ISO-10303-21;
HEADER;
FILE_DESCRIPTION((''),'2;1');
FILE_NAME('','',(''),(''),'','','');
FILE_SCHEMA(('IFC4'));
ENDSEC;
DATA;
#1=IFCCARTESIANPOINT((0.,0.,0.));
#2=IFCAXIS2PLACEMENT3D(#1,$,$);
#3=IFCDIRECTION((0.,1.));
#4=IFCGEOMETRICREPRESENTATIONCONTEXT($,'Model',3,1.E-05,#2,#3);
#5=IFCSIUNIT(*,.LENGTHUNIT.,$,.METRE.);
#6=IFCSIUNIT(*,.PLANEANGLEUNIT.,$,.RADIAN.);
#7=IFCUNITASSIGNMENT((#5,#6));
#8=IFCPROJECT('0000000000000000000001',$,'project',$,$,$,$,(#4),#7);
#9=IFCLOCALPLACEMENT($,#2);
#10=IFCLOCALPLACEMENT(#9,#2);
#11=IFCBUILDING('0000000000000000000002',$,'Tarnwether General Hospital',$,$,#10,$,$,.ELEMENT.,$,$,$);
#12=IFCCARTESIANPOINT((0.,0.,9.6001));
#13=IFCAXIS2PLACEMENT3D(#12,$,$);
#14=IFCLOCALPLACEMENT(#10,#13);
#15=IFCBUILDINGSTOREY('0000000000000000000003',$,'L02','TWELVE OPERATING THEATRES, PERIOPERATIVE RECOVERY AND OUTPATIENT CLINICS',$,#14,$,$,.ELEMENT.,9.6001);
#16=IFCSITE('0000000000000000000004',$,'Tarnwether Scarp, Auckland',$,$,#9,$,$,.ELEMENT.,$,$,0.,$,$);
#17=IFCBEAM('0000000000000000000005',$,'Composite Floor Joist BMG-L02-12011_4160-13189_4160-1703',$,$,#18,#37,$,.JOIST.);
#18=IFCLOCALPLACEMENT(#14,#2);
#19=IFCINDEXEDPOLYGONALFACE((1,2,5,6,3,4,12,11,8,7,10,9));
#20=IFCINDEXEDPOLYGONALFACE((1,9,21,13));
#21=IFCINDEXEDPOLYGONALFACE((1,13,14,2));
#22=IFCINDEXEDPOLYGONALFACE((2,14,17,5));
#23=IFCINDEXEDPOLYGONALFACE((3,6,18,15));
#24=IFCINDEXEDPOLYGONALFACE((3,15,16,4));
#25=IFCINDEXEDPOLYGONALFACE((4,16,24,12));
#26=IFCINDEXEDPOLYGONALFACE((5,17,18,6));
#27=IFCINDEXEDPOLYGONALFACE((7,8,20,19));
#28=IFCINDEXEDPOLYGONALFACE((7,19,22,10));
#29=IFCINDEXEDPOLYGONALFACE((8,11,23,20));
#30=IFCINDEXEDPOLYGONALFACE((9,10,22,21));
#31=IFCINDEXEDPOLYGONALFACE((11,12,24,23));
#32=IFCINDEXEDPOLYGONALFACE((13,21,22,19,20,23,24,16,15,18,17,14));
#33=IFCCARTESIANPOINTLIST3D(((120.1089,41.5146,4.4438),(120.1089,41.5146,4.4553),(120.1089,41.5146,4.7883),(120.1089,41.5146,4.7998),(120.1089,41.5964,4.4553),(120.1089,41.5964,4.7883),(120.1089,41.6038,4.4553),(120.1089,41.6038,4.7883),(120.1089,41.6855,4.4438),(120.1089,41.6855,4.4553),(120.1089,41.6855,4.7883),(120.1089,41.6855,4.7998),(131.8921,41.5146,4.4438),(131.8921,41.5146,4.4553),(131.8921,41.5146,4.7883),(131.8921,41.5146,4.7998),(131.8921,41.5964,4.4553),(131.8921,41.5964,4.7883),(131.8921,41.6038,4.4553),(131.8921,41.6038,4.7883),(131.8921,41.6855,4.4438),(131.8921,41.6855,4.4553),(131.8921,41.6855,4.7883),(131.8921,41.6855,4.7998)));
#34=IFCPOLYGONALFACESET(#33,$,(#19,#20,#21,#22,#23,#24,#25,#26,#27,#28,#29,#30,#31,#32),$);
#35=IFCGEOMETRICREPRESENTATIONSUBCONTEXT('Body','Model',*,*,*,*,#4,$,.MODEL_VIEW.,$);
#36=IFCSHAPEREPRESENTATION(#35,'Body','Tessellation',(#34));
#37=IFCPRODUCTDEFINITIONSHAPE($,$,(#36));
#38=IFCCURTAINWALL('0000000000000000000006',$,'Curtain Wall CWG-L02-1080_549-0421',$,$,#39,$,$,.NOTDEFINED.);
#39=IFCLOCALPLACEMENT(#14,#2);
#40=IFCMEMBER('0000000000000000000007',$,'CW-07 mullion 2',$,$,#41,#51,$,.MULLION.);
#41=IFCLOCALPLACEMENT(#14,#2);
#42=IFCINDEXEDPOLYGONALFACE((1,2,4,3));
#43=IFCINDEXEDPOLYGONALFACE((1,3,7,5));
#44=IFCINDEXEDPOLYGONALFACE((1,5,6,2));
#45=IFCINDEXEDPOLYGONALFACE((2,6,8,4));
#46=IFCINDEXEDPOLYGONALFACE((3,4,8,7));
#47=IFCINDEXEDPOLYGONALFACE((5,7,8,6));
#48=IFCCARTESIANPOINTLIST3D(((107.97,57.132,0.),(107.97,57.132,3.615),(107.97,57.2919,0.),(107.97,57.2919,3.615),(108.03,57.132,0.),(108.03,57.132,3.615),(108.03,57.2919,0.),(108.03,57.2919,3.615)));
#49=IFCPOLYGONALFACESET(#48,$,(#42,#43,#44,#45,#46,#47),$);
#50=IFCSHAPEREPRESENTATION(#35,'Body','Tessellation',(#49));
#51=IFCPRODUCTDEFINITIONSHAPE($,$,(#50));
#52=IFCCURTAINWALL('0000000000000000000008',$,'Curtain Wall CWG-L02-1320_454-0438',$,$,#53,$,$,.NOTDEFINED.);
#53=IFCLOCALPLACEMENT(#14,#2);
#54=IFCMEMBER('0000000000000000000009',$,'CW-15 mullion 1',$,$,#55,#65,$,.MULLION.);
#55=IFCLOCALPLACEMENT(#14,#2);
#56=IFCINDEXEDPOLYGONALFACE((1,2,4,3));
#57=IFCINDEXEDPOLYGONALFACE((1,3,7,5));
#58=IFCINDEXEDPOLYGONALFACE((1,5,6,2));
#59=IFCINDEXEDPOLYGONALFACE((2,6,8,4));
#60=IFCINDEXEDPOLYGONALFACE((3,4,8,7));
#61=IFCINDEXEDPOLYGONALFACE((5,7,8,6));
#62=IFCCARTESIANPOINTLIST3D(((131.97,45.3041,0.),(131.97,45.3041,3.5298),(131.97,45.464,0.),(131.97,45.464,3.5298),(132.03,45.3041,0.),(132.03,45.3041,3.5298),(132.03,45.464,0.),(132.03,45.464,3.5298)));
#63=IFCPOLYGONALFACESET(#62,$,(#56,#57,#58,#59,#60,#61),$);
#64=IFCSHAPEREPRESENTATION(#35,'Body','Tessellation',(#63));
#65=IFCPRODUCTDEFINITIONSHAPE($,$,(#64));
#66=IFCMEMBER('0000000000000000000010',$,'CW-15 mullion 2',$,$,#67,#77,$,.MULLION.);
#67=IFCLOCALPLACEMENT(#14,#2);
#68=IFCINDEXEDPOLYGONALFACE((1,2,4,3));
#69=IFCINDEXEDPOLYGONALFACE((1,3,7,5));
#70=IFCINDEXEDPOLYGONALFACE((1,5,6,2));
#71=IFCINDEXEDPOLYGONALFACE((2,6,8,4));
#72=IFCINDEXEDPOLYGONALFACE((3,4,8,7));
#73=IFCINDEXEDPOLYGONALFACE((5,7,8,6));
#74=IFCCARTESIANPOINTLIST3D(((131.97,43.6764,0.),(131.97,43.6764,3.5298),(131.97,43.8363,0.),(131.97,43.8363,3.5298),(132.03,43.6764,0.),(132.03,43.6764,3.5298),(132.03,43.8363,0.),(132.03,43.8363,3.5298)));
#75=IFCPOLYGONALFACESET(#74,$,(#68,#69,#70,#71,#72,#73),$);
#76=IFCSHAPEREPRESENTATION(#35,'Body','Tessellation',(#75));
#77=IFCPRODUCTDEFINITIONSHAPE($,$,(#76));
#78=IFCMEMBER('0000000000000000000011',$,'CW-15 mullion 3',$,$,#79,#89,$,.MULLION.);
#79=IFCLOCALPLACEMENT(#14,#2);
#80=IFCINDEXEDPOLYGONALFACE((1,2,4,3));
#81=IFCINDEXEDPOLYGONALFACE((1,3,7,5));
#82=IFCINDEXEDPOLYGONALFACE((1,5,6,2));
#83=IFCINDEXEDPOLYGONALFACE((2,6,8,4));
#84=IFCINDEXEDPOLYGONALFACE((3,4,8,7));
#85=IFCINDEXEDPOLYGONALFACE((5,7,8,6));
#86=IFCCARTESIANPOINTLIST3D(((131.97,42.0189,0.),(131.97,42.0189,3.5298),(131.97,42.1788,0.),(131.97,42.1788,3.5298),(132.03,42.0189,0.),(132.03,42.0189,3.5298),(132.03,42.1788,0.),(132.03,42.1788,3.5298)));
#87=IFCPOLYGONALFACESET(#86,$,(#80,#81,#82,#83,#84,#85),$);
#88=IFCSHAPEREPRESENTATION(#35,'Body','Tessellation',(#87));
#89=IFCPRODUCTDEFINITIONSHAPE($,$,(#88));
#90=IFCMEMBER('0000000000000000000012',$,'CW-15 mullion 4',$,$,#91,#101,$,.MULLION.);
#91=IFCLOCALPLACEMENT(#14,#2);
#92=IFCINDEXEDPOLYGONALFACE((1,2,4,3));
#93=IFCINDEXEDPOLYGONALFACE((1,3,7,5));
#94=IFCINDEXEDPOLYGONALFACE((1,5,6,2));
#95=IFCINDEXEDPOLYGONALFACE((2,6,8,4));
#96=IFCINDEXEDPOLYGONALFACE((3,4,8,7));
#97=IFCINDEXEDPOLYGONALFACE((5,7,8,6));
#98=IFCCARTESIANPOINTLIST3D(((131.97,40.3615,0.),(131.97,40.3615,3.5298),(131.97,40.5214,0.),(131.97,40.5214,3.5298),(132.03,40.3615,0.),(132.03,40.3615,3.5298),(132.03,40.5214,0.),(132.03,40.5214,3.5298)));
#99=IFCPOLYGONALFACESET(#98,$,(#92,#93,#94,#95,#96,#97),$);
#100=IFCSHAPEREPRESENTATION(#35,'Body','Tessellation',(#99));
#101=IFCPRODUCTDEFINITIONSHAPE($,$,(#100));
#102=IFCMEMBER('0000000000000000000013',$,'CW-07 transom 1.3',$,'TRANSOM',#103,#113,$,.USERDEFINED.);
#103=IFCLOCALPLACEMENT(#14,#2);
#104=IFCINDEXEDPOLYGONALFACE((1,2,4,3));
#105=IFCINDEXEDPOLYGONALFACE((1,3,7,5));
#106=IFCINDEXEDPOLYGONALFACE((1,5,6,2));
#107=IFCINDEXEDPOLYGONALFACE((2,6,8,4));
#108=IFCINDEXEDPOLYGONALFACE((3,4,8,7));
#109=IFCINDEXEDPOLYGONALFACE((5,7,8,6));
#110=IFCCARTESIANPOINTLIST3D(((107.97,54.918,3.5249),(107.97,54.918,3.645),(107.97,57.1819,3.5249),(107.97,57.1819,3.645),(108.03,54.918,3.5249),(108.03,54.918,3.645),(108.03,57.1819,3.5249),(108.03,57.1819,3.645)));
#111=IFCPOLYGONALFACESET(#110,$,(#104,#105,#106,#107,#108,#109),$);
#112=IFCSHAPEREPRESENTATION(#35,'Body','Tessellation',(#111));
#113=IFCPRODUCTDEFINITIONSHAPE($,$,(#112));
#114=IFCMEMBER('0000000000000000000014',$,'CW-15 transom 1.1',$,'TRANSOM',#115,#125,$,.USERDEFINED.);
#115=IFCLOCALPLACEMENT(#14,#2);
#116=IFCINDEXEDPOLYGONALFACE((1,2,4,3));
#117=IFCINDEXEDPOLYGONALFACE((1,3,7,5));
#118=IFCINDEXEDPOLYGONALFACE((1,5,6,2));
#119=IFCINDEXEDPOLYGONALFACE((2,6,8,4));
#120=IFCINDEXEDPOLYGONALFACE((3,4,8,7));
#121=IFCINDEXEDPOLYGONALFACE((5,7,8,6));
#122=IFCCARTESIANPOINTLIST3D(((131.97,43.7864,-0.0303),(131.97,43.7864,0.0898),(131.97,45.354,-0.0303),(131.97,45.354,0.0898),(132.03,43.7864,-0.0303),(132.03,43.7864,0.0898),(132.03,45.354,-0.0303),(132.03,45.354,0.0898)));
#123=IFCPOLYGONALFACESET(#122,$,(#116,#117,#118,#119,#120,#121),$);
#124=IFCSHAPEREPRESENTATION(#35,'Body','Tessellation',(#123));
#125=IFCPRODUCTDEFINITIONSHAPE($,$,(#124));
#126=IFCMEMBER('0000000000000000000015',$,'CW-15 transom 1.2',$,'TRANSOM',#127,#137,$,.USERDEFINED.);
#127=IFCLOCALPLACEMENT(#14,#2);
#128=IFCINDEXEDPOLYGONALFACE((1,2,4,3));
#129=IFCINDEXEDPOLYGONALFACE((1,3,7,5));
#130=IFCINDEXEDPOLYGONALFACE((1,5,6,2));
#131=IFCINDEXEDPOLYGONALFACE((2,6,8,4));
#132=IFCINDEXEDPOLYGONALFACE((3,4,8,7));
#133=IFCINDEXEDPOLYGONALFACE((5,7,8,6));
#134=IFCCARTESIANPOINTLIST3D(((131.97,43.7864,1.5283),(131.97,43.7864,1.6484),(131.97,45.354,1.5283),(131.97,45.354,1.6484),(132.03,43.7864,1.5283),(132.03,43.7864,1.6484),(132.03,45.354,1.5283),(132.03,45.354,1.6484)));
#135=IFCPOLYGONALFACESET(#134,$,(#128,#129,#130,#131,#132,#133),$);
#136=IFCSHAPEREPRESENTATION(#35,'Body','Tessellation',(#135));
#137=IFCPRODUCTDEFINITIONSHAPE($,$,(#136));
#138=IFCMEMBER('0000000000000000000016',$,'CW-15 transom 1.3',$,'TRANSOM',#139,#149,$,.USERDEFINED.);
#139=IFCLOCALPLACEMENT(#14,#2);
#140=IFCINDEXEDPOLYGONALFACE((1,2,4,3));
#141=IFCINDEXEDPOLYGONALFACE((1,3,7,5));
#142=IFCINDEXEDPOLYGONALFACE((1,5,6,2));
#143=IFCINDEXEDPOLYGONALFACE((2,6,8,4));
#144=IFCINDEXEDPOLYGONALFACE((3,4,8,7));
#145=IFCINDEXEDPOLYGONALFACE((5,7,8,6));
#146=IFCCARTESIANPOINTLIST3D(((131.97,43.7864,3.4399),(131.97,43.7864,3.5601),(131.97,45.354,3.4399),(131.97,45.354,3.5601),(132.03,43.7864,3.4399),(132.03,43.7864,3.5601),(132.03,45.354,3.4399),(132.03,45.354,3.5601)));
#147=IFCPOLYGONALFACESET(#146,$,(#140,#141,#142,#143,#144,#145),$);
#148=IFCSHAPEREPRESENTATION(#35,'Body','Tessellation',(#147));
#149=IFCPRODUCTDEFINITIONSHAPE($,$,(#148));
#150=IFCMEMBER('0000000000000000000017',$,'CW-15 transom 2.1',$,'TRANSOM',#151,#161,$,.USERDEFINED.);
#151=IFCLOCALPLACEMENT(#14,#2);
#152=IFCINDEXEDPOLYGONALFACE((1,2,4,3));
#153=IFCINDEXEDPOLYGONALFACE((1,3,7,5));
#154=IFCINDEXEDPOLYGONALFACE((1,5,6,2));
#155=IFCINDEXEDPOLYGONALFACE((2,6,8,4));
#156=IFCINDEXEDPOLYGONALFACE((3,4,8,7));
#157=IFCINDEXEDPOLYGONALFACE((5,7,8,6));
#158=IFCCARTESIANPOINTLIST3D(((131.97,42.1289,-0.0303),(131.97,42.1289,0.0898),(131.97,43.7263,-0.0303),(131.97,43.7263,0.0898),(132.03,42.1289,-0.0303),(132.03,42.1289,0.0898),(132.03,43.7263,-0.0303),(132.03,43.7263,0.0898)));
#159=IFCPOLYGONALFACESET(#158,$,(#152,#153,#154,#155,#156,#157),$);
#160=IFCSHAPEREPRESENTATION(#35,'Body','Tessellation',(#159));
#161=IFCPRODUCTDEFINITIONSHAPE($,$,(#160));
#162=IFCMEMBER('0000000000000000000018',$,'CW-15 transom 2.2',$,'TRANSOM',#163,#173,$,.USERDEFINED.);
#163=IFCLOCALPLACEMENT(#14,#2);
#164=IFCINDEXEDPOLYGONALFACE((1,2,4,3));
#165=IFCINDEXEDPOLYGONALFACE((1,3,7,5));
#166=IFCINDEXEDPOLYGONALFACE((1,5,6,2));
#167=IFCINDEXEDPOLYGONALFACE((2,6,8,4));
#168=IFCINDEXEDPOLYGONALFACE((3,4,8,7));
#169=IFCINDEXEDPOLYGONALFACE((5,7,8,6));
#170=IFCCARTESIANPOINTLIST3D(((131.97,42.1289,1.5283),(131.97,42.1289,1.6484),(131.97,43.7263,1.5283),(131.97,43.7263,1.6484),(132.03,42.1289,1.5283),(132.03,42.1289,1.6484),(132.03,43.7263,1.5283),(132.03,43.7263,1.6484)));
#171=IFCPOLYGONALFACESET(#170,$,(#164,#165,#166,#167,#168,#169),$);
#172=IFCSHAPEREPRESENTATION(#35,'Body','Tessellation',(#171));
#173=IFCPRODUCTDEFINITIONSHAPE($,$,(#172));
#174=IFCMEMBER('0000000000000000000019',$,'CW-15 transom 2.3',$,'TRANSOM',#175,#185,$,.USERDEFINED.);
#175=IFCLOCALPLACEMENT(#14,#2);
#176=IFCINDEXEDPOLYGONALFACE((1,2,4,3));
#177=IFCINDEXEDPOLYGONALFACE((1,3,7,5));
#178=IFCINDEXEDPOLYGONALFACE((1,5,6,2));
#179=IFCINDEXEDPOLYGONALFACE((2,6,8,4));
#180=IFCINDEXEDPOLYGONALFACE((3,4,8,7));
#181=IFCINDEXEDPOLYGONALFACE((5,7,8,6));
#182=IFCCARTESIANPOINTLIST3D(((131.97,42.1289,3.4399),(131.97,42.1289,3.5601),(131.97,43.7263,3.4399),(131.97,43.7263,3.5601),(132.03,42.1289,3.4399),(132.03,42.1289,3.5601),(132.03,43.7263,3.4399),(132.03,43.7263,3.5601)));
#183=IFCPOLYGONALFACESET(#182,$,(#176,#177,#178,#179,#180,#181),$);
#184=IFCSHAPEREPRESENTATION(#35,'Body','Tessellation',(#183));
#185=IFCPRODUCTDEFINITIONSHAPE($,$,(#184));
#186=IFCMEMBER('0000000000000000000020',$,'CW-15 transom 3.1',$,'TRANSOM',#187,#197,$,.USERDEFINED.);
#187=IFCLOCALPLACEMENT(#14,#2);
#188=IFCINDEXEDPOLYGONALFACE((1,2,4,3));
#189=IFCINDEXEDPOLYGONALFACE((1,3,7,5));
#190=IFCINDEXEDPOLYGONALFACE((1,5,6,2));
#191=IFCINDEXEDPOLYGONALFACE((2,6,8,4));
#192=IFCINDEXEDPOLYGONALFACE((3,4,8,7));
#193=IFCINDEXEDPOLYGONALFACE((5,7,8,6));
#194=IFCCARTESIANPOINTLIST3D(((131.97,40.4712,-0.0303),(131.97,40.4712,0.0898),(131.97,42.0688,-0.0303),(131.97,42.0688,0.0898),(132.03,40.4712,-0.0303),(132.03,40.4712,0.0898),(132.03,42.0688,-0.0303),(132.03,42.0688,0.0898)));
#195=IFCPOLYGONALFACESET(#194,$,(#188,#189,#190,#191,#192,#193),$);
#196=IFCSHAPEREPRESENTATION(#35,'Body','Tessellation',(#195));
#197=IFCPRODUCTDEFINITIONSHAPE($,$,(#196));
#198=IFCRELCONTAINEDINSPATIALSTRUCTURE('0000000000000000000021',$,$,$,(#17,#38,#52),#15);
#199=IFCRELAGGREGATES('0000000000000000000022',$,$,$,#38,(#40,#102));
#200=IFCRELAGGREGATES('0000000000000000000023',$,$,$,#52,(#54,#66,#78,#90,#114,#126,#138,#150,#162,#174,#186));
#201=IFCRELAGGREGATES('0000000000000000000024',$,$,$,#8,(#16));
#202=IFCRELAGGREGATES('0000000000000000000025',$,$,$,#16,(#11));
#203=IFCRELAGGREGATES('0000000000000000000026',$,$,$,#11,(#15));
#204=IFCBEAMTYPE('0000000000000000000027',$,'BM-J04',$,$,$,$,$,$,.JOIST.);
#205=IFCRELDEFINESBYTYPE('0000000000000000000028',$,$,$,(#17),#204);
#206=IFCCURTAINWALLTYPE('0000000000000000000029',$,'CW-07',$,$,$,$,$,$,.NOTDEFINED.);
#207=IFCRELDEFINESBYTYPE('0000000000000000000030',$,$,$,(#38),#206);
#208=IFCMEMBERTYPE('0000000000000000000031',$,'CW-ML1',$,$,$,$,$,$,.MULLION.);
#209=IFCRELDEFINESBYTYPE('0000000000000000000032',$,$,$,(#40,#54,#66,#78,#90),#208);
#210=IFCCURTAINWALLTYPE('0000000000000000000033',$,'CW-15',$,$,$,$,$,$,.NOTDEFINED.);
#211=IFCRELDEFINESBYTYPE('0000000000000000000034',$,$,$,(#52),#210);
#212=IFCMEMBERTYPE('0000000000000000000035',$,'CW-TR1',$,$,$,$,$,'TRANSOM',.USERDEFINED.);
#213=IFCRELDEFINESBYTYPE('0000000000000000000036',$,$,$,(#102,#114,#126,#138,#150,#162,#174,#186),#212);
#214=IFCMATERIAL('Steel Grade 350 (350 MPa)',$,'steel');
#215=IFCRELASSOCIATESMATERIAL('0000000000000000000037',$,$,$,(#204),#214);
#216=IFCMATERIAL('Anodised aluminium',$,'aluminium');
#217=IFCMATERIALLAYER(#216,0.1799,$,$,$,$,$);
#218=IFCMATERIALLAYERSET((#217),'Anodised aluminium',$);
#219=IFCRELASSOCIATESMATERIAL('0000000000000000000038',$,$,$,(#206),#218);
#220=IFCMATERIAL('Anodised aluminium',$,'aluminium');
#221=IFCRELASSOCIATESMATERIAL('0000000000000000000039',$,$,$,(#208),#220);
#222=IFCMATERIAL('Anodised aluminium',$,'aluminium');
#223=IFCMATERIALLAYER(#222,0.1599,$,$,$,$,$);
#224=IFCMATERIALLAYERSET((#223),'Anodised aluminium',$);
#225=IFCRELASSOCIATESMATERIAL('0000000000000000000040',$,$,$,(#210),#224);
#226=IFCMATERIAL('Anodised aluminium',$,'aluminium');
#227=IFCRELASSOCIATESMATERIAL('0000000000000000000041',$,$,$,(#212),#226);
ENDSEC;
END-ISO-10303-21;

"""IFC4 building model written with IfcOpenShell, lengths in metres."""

from ifc_helpers import new_model, si_unit, direction, frame, origin, origin_2d, place, context, subcontext, project, spatial, rectangle, i_section, extrude, material, layer, layer_set, material_profile, profile_set, type_object, element, aggregate, save


model = new_model("IFC4")

# Units and contexts
model_context = context("Model", 3, precision=1e-05, world=origin(), true_north=direction((0.0, 1.0)))
body_context = subcontext(model_context, "Body", "Model", "MODEL_VIEW")
ifc_project = project(units=[si_unit("LENGTHUNIT", "METRE"), si_unit("PLANEANGLEUNIT", "RADIAN")], contexts=[model_context])

# Site, building, storey
site_placement = place(None, origin())
site = spatial("IfcSite", under=ifc_project, at=site_placement, Name="Tarnwether Scarp, Auckland", CompositionType="ELEMENT", RefElevation=0.0)
building_placement = place(site_placement, origin())
building = spatial("IfcBuilding", under=site, at=building_placement, Name="Tarnwether General Hospital", CompositionType="ELEMENT")
storey_placement = place(building_placement, frame((0.0, 0.0, 9.6001)))
storey = spatial("IfcBuildingStorey", under=building, at=storey_placement, Name="L02", Description="TWELVE OPERATING THEATRES, PERIOPERATIVE RECOVERY AND OUTPATIENT CLINICS", CompositionType="ELEMENT", Elevation=9.6001)

# Beam
ifc_material_1 = material(Name="Steel Grade 350 (350 MPa)", Category="steel")
ifc_material_profile_1 = material_profile(ifc_material_1, i_section(OverallWidth=0.1709, OverallDepth=0.356, WebThickness=0.0073, FlangeThickness=0.0115, at=origin_2d()), Name="360UB50.7")
ifc_profile_set_1 = profile_set([ifc_material_profile_1], Name="Steel Grade 350 (350 MPa)")
beam_type_1 = type_object("IfcBeamType", Name="BM-J04", PredefinedType="JOIST", material=ifc_profile_set_1)
beam_1_placement = place(storey_placement, frame((120.1089, 41.6001, 4.6218), z_axis=(1.0, 0.0, 0.0), x_axis=(0.0, 1.0, 0.0)))
element("IfcBeam", 1, at=beam_1_placement, inside=storey, type_object=beam_type_1, Name="Composite Floor Joist BMG-L02-12011_4160-13189_4160-1703", PredefinedType="JOIST", context=body_context, shape_type="SweptSolid", body=[
    extrude(i_section(OverallWidth=0.1709, OverallDepth=0.356, WebThickness=0.0073, FlangeThickness=0.0115, at=origin_2d()), origin(), (0.0, 0.0, 1.0), 11.7832),
])

# Curtain wall, member
ifc_material_2 = material(Name="Anodised aluminium", Category="aluminium")
ifc_layer_1 = layer(ifc_material_2, 0.1799)
ifc_layer_set_1 = layer_set([ifc_layer_1], Name="Anodised aluminium")
curtain_wall_type_1 = type_object("IfcCurtainWallType", Name="CW-07", PredefinedType="NOTDEFINED", material=ifc_layer_set_1)
curtain_wall_1_placement = place(storey_placement, origin())
curtain_wall_1 = element("IfcCurtainWall", 2, at=curtain_wall_1_placement, inside=storey, type_object=curtain_wall_type_1, Name="Curtain Wall CWG-L02-1080_549-0421", PredefinedType="NOTDEFINED")
ifc_material_3 = material(Name="Anodised aluminium", Category="aluminium")
ifc_material_profile_2 = material_profile(ifc_material_3, rectangle(XDim=0.0601, YDim=0.1599, at=origin_2d()), Name="ALU-MUL-60x160")
ifc_profile_set_2 = profile_set([ifc_material_profile_2], Name="Anodised aluminium")
member_type_1 = type_object("IfcMemberType", Name="CW-ML1", PredefinedType="MULLION", material=ifc_profile_set_2)
member_1_placement = place(storey_placement, frame((108.0, 57.2119, 0.0), z_axis=(0.0, 0.0, 1.0), x_axis=(-1.0, 0.0, 0.0)))
member_1 = element("IfcMember", 3, at=member_1_placement, type_object=member_type_1, Name="CW-07 mullion 2", PredefinedType="MULLION", context=body_context, shape_type="SweptSolid", body=[
    extrude(rectangle(XDim=0.0601, YDim=0.1599, at=origin_2d()), origin(), (0.0, 0.0, 1.0), 3.615),
])

# Curtain wall, members
ifc_material_4 = material(Name="Anodised aluminium", Category="aluminium")
ifc_layer_2 = layer(ifc_material_4, 0.1599)
ifc_layer_set_2 = layer_set([ifc_layer_2], Name="Anodised aluminium")
curtain_wall_type_2 = type_object("IfcCurtainWallType", Name="CW-15", PredefinedType="NOTDEFINED", material=ifc_layer_set_2)
curtain_wall_2_placement = place(storey_placement, origin())
curtain_wall_2 = element("IfcCurtainWall", 4, at=curtain_wall_2_placement, inside=storey, type_object=curtain_wall_type_2, Name="Curtain Wall CWG-L02-1320_454-0438", PredefinedType="NOTDEFINED")
member_2_placement = place(storey_placement, frame((132.0, 45.384, 0.0), z_axis=(0.0, 0.0, 1.0), x_axis=(1.0, 0.0, 0.0)))
member_2 = element("IfcMember", 5, at=member_2_placement, type_object=member_type_1, Name="CW-15 mullion 1", PredefinedType="MULLION", context=body_context, shape_type="SweptSolid", body=[
    extrude(rectangle(XDim=0.0601, YDim=0.1599, at=origin_2d()), origin(), (0.0, 0.0, 1.0), 3.5298),
])
member_3_placement = place(storey_placement, frame((132.0, 43.7563, 0.0), z_axis=(0.0, 0.0, 1.0), x_axis=(1.0, 0.0, 0.0)))
member_3 = element("IfcMember", 6, at=member_3_placement, type_object=member_type_1, Name="CW-15 mullion 2", PredefinedType="MULLION", context=body_context, shape_type="SweptSolid", body=[
    extrude(rectangle(XDim=0.0601, YDim=0.1599, at=origin_2d()), origin(), (0.0, 0.0, 1.0), 3.5298),
])
member_4_placement = place(storey_placement, frame((132.0, 42.0989, 0.0), z_axis=(0.0, 0.0, 1.0), x_axis=(1.0, 0.0, 0.0)))
member_4 = element("IfcMember", 7, at=member_4_placement, type_object=member_type_1, Name="CW-15 mullion 3", PredefinedType="MULLION", context=body_context, shape_type="SweptSolid", body=[
    extrude(rectangle(XDim=0.0601, YDim=0.1599, at=origin_2d()), origin(), (0.0, 0.0, 1.0), 3.5298),
])
member_5_placement = place(storey_placement, frame((132.0, 40.4414, 0.0), z_axis=(0.0, 0.0, 1.0), x_axis=(1.0, 0.0, 0.0)))
member_5 = element("IfcMember", 8, at=member_5_placement, type_object=member_type_1, Name="CW-15 mullion 4", PredefinedType="MULLION", context=body_context, shape_type="SweptSolid", body=[
    extrude(rectangle(XDim=0.0601, YDim=0.1599, at=origin_2d()), origin(), (0.0, 0.0, 1.0), 3.5298),
])

# Members
ifc_material_5 = material(Name="Anodised aluminium", Category="aluminium")
ifc_material_profile_3 = material_profile(ifc_material_5, rectangle(XDim=0.0601, YDim=0.1201, at=origin_2d()), Name="ALU-TRN-60x120")
ifc_profile_set_3 = profile_set([ifc_material_profile_3], Name="Anodised aluminium")
member_type_2 = type_object("IfcMemberType", Name="CW-TR1", ElementType="TRANSOM", PredefinedType="USERDEFINED", material=ifc_profile_set_3)
member_6_placement = place(storey_placement, frame((108.0, 54.918, 3.585), z_axis=(0.0, 1.0, 0.0), x_axis=(-1.0, 0.0, 0.0)))
member_6 = element("IfcMember", 9, at=member_6_placement, type_object=member_type_2, Name="CW-07 transom 1.3", ObjectType="TRANSOM", PredefinedType="USERDEFINED", context=body_context, shape_type="SweptSolid", body=[
    extrude(rectangle(XDim=0.0601, YDim=0.1201, at=origin_2d()), origin(), (0.0, 0.0, 1.0), 2.2639),
])
member_7_placement = place(storey_placement, frame((132.0, 45.354, 0.0298), z_axis=(0.0, -1.0, 0.0), x_axis=(1.0, 0.0, 0.0)))
member_7 = element("IfcMember", 10, at=member_7_placement, type_object=member_type_2, Name="CW-15 transom 1.1", ObjectType="TRANSOM", PredefinedType="USERDEFINED", context=body_context, shape_type="SweptSolid", body=[
    extrude(rectangle(XDim=0.0601, YDim=0.1201, at=origin_2d()), origin(), (0.0, 0.0, 1.0), 1.5676),
])
member_8_placement = place(storey_placement, frame((132.0, 45.354, 1.5884), z_axis=(0.0, -1.0, 0.0), x_axis=(1.0, 0.0, 0.0)))
member_8 = element("IfcMember", 11, at=member_8_placement, type_object=member_type_2, Name="CW-15 transom 1.2", ObjectType="TRANSOM", PredefinedType="USERDEFINED", context=body_context, shape_type="SweptSolid", body=[
    extrude(rectangle(XDim=0.0601, YDim=0.1201, at=origin_2d()), origin(), (0.0, 0.0, 1.0), 1.5676),
])
member_9_placement = place(storey_placement, frame((132.0, 45.354, 3.5), z_axis=(0.0, -1.0, 0.0), x_axis=(1.0, 0.0, 0.0)))
member_9 = element("IfcMember", 12, at=member_9_placement, type_object=member_type_2, Name="CW-15 transom 1.3", ObjectType="TRANSOM", PredefinedType="USERDEFINED", context=body_context, shape_type="SweptSolid", body=[
    extrude(rectangle(XDim=0.0601, YDim=0.1201, at=origin_2d()), origin(), (0.0, 0.0, 1.0), 1.5676),
])
member_10_placement = place(storey_placement, frame((132.0, 43.7263, 0.0298), z_axis=(0.0, -1.0, 0.0), x_axis=(1.0, 0.0, 0.0)))
member_10 = element("IfcMember", 13, at=member_10_placement, type_object=member_type_2, Name="CW-15 transom 2.1", ObjectType="TRANSOM", PredefinedType="USERDEFINED", context=body_context, shape_type="SweptSolid", body=[
    extrude(rectangle(XDim=0.0601, YDim=0.1201, at=origin_2d()), origin(), (0.0, 0.0, 1.0), 1.5974),
])
member_11_placement = place(storey_placement, frame((132.0, 43.7263, 1.5884), z_axis=(0.0, -1.0, 0.0), x_axis=(1.0, 0.0, 0.0)))
member_11 = element("IfcMember", 14, at=member_11_placement, type_object=member_type_2, Name="CW-15 transom 2.2", ObjectType="TRANSOM", PredefinedType="USERDEFINED", context=body_context, shape_type="SweptSolid", body=[
    extrude(rectangle(XDim=0.0601, YDim=0.1201, at=origin_2d()), origin(), (0.0, 0.0, 1.0), 1.5974),
])
member_12_placement = place(storey_placement, frame((132.0, 43.7263, 3.5), z_axis=(0.0, -1.0, 0.0), x_axis=(1.0, 0.0, 0.0)))
member_12 = element("IfcMember", 15, at=member_12_placement, type_object=member_type_2, Name="CW-15 transom 2.3", ObjectType="TRANSOM", PredefinedType="USERDEFINED", context=body_context, shape_type="SweptSolid", body=[
    extrude(rectangle(XDim=0.0601, YDim=0.1201, at=origin_2d()), origin(), (0.0, 0.0, 1.0), 1.5974),
])
member_13_placement = place(storey_placement, frame((132.0, 42.0688, 0.0298), z_axis=(0.0, -1.0, 0.0), x_axis=(1.0, 0.0, 0.0)))
member_13 = element("IfcMember", 16, at=member_13_placement, type_object=member_type_2, Name="CW-15 transom 3.1", ObjectType="TRANSOM", PredefinedType="USERDEFINED", context=body_context, shape_type="SweptSolid", body=[
    extrude(rectangle(XDim=0.0601, YDim=0.1201, at=origin_2d()), origin(), (0.0, 0.0, 1.0), 1.5977),
])

aggregate(curtain_wall_1, [member_1, member_6])
aggregate(curtain_wall_2, [member_2, member_3, member_4, member_5, member_7, member_8, member_9, member_10, member_11, member_12, member_13])

save(model, "model.ifc")
